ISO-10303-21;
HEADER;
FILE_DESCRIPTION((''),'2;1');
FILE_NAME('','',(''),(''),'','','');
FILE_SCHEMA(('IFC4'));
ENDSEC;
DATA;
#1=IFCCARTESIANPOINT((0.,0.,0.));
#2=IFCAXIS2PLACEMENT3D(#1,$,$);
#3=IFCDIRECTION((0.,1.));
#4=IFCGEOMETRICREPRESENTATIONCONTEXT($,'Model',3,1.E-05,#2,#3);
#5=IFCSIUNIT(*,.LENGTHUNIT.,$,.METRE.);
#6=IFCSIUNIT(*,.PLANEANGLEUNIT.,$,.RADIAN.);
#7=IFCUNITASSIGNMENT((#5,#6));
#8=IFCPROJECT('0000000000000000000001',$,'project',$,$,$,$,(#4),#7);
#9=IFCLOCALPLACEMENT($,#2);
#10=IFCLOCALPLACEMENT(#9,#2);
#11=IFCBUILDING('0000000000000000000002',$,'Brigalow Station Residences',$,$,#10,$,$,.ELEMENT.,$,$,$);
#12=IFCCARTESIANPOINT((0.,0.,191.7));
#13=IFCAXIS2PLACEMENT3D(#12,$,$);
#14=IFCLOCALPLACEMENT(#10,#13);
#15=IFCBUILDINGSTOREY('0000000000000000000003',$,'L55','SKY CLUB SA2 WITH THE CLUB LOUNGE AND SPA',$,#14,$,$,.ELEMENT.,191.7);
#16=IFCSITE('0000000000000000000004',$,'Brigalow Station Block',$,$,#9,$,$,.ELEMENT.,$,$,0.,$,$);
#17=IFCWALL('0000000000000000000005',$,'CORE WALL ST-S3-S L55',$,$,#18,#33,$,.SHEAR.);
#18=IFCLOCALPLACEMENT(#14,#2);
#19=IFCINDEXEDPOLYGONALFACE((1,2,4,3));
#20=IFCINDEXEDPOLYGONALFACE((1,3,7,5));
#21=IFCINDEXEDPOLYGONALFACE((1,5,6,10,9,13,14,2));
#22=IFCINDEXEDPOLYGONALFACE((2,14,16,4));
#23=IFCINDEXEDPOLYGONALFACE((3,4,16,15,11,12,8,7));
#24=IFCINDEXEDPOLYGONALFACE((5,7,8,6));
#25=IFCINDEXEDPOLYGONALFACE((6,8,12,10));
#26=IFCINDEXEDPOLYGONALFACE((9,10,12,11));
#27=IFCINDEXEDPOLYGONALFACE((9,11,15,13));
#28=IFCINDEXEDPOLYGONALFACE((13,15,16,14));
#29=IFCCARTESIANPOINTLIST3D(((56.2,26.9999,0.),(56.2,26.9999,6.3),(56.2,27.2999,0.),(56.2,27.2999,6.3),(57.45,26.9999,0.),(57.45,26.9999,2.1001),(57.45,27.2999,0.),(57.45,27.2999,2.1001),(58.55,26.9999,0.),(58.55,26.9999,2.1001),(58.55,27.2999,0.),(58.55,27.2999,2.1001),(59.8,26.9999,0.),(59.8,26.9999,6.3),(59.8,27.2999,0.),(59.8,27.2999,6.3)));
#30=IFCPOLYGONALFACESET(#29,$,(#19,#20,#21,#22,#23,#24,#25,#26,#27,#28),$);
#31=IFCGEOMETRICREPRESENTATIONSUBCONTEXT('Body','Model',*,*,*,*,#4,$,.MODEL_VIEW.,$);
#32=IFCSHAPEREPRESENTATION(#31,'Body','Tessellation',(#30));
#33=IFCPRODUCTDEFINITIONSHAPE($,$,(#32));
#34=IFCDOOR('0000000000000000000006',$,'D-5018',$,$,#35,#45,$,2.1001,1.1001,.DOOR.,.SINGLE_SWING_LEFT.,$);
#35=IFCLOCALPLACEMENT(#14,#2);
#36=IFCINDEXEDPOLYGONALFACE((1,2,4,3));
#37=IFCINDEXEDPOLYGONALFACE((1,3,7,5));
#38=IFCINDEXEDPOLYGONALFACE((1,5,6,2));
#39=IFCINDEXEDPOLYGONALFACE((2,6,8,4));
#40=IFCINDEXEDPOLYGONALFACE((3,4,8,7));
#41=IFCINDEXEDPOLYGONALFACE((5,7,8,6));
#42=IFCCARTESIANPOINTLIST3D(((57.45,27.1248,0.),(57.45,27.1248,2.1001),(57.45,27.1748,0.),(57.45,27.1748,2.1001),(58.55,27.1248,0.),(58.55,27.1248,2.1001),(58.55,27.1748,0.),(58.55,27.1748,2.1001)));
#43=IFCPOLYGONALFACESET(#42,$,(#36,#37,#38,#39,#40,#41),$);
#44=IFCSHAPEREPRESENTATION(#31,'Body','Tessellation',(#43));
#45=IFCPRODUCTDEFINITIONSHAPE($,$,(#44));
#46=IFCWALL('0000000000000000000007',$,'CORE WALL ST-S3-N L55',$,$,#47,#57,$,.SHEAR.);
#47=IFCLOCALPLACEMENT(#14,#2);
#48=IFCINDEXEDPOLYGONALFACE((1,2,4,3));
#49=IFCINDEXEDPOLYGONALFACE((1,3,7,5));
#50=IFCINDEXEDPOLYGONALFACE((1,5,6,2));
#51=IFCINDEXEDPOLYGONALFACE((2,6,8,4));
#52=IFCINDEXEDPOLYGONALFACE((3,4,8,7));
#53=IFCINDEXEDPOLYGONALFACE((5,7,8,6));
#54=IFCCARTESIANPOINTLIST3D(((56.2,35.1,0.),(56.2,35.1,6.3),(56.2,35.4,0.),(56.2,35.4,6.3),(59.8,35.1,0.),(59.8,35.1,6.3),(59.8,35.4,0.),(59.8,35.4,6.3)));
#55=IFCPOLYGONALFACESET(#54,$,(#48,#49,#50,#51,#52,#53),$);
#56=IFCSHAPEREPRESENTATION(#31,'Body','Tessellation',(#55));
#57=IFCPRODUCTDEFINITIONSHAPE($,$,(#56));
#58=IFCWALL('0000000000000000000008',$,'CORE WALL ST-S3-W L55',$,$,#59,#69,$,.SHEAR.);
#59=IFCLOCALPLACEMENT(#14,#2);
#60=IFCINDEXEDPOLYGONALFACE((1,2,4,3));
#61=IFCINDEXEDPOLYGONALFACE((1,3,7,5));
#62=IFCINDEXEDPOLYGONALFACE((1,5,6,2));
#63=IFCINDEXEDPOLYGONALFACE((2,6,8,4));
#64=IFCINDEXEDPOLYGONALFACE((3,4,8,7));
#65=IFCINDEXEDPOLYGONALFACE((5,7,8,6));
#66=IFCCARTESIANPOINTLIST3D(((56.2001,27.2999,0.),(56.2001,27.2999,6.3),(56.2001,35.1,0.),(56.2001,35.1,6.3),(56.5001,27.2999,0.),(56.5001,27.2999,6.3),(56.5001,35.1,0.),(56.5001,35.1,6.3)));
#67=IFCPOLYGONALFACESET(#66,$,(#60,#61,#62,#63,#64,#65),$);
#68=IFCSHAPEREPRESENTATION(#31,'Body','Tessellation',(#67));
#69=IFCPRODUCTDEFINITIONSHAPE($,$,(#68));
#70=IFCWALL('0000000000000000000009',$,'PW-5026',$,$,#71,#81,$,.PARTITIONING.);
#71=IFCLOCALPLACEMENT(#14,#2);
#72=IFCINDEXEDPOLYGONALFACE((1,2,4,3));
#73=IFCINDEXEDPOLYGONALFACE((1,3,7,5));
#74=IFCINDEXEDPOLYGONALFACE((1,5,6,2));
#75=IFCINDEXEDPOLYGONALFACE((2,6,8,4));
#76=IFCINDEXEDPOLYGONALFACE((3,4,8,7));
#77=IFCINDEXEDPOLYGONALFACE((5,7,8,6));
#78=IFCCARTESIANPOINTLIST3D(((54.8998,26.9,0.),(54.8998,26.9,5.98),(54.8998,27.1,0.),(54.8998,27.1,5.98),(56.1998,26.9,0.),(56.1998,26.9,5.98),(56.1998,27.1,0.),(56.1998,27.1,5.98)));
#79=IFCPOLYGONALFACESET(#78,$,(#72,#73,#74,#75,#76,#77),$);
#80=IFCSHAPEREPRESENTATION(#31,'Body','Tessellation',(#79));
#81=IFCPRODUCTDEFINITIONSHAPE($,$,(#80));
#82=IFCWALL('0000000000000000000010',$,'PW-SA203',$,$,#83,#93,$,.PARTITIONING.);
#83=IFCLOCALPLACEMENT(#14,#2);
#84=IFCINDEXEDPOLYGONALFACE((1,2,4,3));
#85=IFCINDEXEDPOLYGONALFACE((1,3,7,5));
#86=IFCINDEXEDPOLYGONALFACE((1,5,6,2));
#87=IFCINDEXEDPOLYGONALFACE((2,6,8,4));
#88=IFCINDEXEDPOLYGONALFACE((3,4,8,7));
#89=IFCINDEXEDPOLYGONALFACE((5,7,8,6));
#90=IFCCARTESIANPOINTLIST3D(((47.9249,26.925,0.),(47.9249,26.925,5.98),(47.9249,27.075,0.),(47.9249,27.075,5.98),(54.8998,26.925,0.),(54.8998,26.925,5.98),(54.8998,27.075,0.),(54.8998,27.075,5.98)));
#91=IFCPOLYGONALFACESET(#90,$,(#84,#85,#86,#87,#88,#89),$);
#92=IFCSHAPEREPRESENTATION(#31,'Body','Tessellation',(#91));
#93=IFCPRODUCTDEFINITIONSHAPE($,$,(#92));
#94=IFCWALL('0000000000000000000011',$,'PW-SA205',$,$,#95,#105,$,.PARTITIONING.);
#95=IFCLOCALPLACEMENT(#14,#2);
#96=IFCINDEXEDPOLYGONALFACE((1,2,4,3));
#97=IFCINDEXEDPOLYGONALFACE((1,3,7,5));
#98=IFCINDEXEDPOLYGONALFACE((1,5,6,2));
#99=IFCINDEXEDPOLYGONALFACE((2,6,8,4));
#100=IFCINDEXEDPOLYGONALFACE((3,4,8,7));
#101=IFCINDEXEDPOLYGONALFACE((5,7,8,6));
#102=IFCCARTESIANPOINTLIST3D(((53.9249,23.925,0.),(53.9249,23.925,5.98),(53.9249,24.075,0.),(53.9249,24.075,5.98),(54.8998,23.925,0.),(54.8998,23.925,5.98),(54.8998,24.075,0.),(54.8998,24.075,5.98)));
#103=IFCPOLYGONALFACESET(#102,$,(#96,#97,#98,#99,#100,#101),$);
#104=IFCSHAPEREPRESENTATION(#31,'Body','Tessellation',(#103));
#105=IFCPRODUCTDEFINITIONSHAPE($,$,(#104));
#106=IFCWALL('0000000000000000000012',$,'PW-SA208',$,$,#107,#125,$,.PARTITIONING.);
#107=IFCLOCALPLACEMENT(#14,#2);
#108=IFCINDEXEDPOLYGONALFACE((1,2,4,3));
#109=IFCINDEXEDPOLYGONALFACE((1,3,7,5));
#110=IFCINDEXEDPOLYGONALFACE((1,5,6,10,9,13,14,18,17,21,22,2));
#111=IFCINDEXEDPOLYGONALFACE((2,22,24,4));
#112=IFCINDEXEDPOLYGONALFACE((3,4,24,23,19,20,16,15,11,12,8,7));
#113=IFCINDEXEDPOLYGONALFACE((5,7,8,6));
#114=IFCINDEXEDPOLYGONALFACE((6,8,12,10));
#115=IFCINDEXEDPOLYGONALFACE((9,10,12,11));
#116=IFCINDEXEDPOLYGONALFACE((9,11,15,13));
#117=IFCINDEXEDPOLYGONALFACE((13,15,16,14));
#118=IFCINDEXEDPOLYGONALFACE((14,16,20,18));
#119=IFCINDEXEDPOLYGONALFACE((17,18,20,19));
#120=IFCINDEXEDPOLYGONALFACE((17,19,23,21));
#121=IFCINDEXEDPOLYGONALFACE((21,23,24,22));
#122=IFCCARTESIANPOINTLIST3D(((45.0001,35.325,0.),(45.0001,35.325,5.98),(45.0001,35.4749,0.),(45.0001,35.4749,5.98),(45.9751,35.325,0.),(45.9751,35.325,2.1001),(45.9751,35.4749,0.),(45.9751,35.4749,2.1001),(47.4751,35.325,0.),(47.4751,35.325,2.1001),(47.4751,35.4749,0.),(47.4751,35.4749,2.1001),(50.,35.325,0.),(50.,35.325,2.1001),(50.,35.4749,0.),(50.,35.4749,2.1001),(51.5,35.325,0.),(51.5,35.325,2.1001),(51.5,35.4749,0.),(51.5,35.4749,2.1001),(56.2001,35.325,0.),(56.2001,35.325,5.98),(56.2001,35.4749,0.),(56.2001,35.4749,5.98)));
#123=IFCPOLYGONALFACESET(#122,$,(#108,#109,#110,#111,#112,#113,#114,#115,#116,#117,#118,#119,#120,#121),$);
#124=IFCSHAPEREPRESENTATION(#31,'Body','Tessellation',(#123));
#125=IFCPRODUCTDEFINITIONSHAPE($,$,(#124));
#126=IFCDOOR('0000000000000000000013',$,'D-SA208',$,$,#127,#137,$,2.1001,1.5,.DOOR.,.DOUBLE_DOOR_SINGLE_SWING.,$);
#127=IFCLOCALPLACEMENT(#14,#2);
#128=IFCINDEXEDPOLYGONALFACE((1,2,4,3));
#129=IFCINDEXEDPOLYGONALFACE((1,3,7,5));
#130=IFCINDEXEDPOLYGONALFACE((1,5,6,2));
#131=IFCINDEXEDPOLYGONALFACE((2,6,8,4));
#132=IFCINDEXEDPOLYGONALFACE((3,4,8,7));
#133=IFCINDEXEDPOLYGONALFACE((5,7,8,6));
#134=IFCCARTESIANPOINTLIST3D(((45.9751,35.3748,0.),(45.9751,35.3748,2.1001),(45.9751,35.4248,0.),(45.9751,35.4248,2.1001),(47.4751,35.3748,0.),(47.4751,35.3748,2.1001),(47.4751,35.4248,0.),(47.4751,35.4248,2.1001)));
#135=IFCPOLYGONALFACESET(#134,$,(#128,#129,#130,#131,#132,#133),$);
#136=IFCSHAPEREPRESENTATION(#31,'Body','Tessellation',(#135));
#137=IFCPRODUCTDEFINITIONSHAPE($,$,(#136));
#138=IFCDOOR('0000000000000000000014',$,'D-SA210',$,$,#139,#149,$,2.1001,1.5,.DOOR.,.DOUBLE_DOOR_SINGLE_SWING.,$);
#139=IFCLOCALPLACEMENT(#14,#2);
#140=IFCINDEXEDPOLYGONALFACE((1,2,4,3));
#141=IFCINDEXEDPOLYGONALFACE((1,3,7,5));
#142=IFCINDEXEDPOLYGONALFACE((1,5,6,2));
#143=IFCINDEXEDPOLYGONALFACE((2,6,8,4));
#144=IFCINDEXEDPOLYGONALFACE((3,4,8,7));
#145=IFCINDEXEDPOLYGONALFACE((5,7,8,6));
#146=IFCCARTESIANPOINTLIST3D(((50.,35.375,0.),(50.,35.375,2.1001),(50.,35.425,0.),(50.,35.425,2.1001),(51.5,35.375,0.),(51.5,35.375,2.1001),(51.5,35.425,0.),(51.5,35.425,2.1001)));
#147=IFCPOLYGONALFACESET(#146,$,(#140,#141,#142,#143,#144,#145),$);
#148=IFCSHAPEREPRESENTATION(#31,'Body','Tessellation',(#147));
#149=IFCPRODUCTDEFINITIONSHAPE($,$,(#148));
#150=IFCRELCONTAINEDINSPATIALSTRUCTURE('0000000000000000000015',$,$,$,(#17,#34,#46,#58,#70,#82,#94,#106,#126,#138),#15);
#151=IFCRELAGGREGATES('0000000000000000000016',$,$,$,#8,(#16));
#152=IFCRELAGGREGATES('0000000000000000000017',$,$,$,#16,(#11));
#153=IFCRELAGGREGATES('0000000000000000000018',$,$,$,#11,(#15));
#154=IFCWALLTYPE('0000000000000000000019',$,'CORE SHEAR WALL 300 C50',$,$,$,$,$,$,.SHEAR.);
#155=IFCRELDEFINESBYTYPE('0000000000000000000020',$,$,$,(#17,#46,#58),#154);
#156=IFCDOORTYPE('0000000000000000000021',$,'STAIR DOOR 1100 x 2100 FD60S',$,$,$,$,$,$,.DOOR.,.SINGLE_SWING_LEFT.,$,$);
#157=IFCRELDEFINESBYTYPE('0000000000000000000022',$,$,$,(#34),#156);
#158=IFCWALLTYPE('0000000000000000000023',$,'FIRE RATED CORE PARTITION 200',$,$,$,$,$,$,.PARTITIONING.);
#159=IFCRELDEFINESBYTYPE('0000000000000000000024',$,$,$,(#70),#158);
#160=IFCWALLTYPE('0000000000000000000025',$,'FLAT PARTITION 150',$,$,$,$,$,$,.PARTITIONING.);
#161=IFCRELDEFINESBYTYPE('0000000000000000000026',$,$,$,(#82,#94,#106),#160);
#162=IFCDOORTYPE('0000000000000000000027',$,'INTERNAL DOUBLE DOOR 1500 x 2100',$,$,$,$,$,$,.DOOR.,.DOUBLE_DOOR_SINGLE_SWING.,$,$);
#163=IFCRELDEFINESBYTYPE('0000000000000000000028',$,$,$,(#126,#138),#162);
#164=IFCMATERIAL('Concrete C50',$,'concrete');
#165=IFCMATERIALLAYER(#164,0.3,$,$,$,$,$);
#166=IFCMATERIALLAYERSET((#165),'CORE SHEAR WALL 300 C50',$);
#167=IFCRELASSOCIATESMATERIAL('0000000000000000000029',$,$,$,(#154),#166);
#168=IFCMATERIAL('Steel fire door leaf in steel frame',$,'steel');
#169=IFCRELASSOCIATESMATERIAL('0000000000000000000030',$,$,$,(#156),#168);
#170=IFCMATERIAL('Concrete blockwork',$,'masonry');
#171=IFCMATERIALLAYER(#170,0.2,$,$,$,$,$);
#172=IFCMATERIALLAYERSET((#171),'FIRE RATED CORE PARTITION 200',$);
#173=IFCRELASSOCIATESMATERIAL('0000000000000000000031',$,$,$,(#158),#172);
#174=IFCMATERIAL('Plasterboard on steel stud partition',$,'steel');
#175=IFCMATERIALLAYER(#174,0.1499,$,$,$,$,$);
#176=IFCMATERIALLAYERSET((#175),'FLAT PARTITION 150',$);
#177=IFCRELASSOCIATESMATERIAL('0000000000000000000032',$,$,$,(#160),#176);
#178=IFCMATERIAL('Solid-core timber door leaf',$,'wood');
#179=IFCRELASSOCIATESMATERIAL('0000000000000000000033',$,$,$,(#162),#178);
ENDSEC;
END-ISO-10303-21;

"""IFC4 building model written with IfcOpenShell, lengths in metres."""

from ifc_helpers import new_model, si_unit, direction, frame, frame_2d, origin, place, context, subcontext, project, spatial, rectangle, extrude, material, layer, layer_set, type_object, element, fill, save


model = new_model("IFC4")

# Units and contexts
model_context = context("Model", 3, precision=1e-05, world=origin(), true_north=direction((0.0, 1.0)))
body_context = subcontext(model_context, "Body", "Model", "MODEL_VIEW")
ifc_project = project(units=[si_unit("LENGTHUNIT", "METRE"), si_unit("PLANEANGLEUNIT", "RADIAN")], contexts=[model_context])

# Site, building, storey
site_placement = place(None, origin())
site = spatial("IfcSite", under=ifc_project, at=site_placement, Name="Brigalow Station Block", CompositionType="ELEMENT", RefElevation=0.0)
building_placement = place(site_placement, origin())
building = spatial("IfcBuilding", under=site, at=building_placement, Name="Brigalow Station Residences", CompositionType="ELEMENT")
storey_placement = place(building_placement, frame((0.0, 0.0, 191.7)))
storey = spatial("IfcBuildingStorey", under=building, at=storey_placement, Name="L55", Description="SKY CLUB SA2 WITH THE CLUB LOUNGE AND SPA", CompositionType="ELEMENT", Elevation=191.7)

# Wall, opening, door
ifc_material_1 = material(Name="Concrete C50", Category="concrete")
ifc_layer_1 = layer(ifc_material_1, 0.3)
ifc_layer_set_1 = layer_set([ifc_layer_1], Name="CORE SHEAR WALL 300 C50")
wall_type_1 = type_object("IfcWallType", Name="CORE SHEAR WALL 300 C50", PredefinedType="SHEAR", material=ifc_layer_set_1)
wall_1_placement = place(storey_placement, frame((56.2, 27.1499, 0.0), z_axis=(0.0, 0.0, 1.0), x_axis=(1.0, 0.0, 0.0)))
wall_1 = element("IfcWall", 1, at=wall_1_placement, inside=storey, type_object=wall_type_1, Name="CORE WALL ST-S3-S L55", PredefinedType="SHEAR", context=body_context, shape_type="SweptSolid", body=[
    extrude(rectangle(XDim=3.6001, YDim=0.3, at=frame_2d((1.8, 0.0))), origin(), (0.0, 0.0, 1.0), 6.3),
])
opening_1_placement = place(wall_1_placement, frame((1.25, 0.0, 0.0)))
opening_1 = element("IfcOpeningElement", 2, at=opening_1_placement, cuts=wall_1, PredefinedType="OPENING", context=body_context, shape_type="SweptSolid", body=[
    extrude(rectangle(XDim=1.1001, YDim=2.1001, at=frame_2d((0.55, 1.05))), frame((0.0, 0.1602, 0.0), z_axis=(0.0, -1.0, 0.0), x_axis=(1.0, 0.0, 0.0)), (0.0, 0.0, 1.0), 0.3201),
])
ifc_material_2 = material(Name="Steel fire door leaf in steel frame", Category="steel")
door_type_1 = type_object("IfcDoorType", Name="STAIR DOOR 1100 x 2100 FD60S", OperationType="SINGLE_SWING_LEFT", PredefinedType="DOOR", material=ifc_material_2)
door_1_placement = place(opening_1_placement, origin())
door_1 = element("IfcDoor", 3, at=door_1_placement, inside=storey, type_object=door_type_1, Name="D-5018", OperationType="SINGLE_SWING_LEFT", OverallHeight=2.1001, OverallWidth=1.1001, PredefinedType="DOOR", context=body_context, shape_type="SweptSolid", body=[
    extrude(rectangle(XDim=1.1001, YDim=2.1001, at=frame_2d((0.55, 1.05))), frame((0.0, 0.0249, 0.0), z_axis=(0.0, -1.0, 0.0), x_axis=(1.0, 0.0, 0.0)), (0.0, 0.0, 1.0), 0.05),
])
fill(opening_1, door_1)

# Walls
wall_2_placement = place(storey_placement, frame((56.2, 35.25, 0.0), z_axis=(0.0, 0.0, 1.0), x_axis=(1.0, 0.0, 0.0)))
element("IfcWall", 4, at=wall_2_placement, inside=storey, type_object=wall_type_1, Name="CORE WALL ST-S3-N L55", PredefinedType="SHEAR", context=body_context, shape_type="SweptSolid", body=[
    extrude(rectangle(XDim=3.6001, YDim=0.3, at=frame_2d((1.8, 0.0))), origin(), (0.0, 0.0, 1.0), 6.3),
])
wall_3_placement = place(storey_placement, frame((56.3501, 27.3, 0.0), z_axis=(0.0, 0.0, 1.0), x_axis=(0.0, 1.0, 0.0)))
element("IfcWall", 5, at=wall_3_placement, inside=storey, type_object=wall_type_1, Name="CORE WALL ST-S3-W L55", PredefinedType="SHEAR", context=body_context, shape_type="SweptSolid", body=[
    extrude(rectangle(XDim=7.8, YDim=0.3, at=frame_2d((3.8999, 0.0))), origin(), (0.0, 0.0, 1.0), 6.3),
])
ifc_material_3 = material(Name="Concrete blockwork", Category="masonry")
ifc_layer_2 = layer(ifc_material_3, 0.2)
ifc_layer_set_2 = layer_set([ifc_layer_2], Name="FIRE RATED CORE PARTITION 200")
wall_type_2 = type_object("IfcWallType", Name="FIRE RATED CORE PARTITION 200", PredefinedType="PARTITIONING", material=ifc_layer_set_2)
wall_4_placement = place(storey_placement, frame((54.8999, 27.0, 0.0), z_axis=(0.0, 0.0, 1.0), x_axis=(1.0, 0.0, 0.0)))
element("IfcWall", 6, at=wall_4_placement, inside=storey, type_object=wall_type_2, Name="PW-5026", PredefinedType="PARTITIONING", context=body_context, shape_type="SweptSolid", body=[
    extrude(rectangle(XDim=1.3, YDim=0.2, at=frame_2d((0.6499, 0.0))), origin(), (0.0, 0.0, 1.0), 5.98),
])
ifc_material_4 = material(Name="Plasterboard on steel stud partition", Category="steel")
ifc_layer_3 = layer(ifc_material_4, 0.1499)
ifc_layer_set_3 = layer_set([ifc_layer_3], Name="FLAT PARTITION 150")
wall_type_3 = type_object("IfcWallType", Name="FLAT PARTITION 150", PredefinedType="PARTITIONING", material=ifc_layer_set_3)
wall_5_placement = place(storey_placement, frame((47.925, 27.0, 0.0), z_axis=(0.0, 0.0, 1.0), x_axis=(1.0, 0.0, 0.0)))
element("IfcWall", 7, at=wall_5_placement, inside=storey, type_object=wall_type_3, Name="PW-SA203", PredefinedType="PARTITIONING", context=body_context, shape_type="SweptSolid", body=[
    extrude(rectangle(XDim=6.9749, YDim=0.1499, at=frame_2d((3.4873, 0.0))), origin(), (0.0, 0.0, 1.0), 5.98),
])
wall_6_placement = place(storey_placement, frame((53.925, 24.0, 0.0), z_axis=(0.0, 0.0, 1.0), x_axis=(1.0, 0.0, 0.0)))
element("IfcWall", 8, at=wall_6_placement, inside=storey, type_object=wall_type_3, Name="PW-SA205", PredefinedType="PARTITIONING", context=body_context, shape_type="SweptSolid", body=[
    extrude(rectangle(XDim=0.9749, YDim=0.1499, at=frame_2d((0.4873, 0.0))), origin(), (0.0, 0.0, 1.0), 5.98),
])

# Wall, openings, doors
wall_7_placement = place(storey_placement, frame((45.0, 35.3999, 0.0), z_axis=(0.0, 0.0, 1.0), x_axis=(1.0, 0.0, 0.0)))
wall_7 = element("IfcWall", 9, at=wall_7_placement, inside=storey, type_object=wall_type_3, Name="PW-SA208", PredefinedType="PARTITIONING", context=body_context, shape_type="SweptSolid", body=[
    extrude(rectangle(XDim=11.2, YDim=0.1499, at=frame_2d((5.6001, 0.0))), origin(), (0.0, 0.0, 1.0), 5.98),
])
opening_2_placement = place(wall_7_placement, frame((0.9751, 0.0, 0.0)))
opening_2 = element("IfcOpeningElement", 10, at=opening_2_placement, cuts=wall_7, PredefinedType="OPENING", context=body_context, shape_type="SweptSolid", body=[
    extrude(rectangle(XDim=1.5, YDim=2.1001, at=frame_2d((0.75, 1.05))), frame((0.0, 0.085, 0.0), z_axis=(0.0, -1.0, 0.0), x_axis=(1.0, 0.0, 0.0)), (0.0, 0.0, 1.0), 0.1699),
])
opening_3_placement = place(wall_7_placement, frame((5.0, 0.0, 0.0)))
opening_3 = element("IfcOpeningElement", 11, at=opening_3_placement, cuts=wall_7, PredefinedType="OPENING", context=body_context, shape_type="SweptSolid", body=[
    extrude(rectangle(XDim=1.5, YDim=2.1001, at=frame_2d((0.75, 1.05))), frame((0.0, 0.085, 0.0), z_axis=(0.0, -1.0, 0.0), x_axis=(1.0, 0.0, 0.0)), (0.0, 0.0, 1.0), 0.1699),
])
ifc_material_5 = material(Name="Solid-core timber door leaf", Category="wood")
door_type_2 = type_object("IfcDoorType", Name="INTERNAL DOUBLE DOOR 1500 x 2100", OperationType="DOUBLE_DOOR_SINGLE_SWING", PredefinedType="DOOR", material=ifc_material_5)
door_2_placement = place(opening_2_placement, origin())
door_2 = element("IfcDoor", 12, at=door_2_placement, inside=storey, type_object=door_type_2, Name="D-SA208", OperationType="DOUBLE_DOOR_SINGLE_SWING", OverallHeight=2.1001, OverallWidth=1.5, PredefinedType="DOOR", context=body_context, shape_type="SweptSolid", body=[
    extrude(rectangle(XDim=1.5, YDim=2.1001, at=frame_2d((0.75, 1.05))), frame((0.0, 0.0249, 0.0), z_axis=(0.0, -1.0, 0.0), x_axis=(1.0, 0.0, 0.0)), (0.0, 0.0, 1.0), 0.05),
])
fill(opening_2, door_2)
door_3_placement = place(opening_3_placement, frame((1.5, 0.0, 0.0), z_axis=(0.0, 0.0, 1.0), x_axis=(-1.0, 0.0, 0.0)))
door_3 = element("IfcDoor", 13, at=door_3_placement, inside=storey, type_object=door_type_2, Name="D-SA210", OperationType="DOUBLE_DOOR_SINGLE_SWING", OverallHeight=2.1001, OverallWidth=1.5, PredefinedType="DOOR", context=body_context, shape_type="SweptSolid", body=[
    extrude(rectangle(XDim=1.5, YDim=2.1001, at=frame_2d((0.75, 1.05))), frame((0.0, 0.0249, 0.0), z_axis=(0.0, -1.0, 0.0), x_axis=(1.0, 0.0, 0.0)), (0.0, 0.0, 1.0), 0.05),
])
fill(opening_3, door_3)

save(model, "model.ifc")
